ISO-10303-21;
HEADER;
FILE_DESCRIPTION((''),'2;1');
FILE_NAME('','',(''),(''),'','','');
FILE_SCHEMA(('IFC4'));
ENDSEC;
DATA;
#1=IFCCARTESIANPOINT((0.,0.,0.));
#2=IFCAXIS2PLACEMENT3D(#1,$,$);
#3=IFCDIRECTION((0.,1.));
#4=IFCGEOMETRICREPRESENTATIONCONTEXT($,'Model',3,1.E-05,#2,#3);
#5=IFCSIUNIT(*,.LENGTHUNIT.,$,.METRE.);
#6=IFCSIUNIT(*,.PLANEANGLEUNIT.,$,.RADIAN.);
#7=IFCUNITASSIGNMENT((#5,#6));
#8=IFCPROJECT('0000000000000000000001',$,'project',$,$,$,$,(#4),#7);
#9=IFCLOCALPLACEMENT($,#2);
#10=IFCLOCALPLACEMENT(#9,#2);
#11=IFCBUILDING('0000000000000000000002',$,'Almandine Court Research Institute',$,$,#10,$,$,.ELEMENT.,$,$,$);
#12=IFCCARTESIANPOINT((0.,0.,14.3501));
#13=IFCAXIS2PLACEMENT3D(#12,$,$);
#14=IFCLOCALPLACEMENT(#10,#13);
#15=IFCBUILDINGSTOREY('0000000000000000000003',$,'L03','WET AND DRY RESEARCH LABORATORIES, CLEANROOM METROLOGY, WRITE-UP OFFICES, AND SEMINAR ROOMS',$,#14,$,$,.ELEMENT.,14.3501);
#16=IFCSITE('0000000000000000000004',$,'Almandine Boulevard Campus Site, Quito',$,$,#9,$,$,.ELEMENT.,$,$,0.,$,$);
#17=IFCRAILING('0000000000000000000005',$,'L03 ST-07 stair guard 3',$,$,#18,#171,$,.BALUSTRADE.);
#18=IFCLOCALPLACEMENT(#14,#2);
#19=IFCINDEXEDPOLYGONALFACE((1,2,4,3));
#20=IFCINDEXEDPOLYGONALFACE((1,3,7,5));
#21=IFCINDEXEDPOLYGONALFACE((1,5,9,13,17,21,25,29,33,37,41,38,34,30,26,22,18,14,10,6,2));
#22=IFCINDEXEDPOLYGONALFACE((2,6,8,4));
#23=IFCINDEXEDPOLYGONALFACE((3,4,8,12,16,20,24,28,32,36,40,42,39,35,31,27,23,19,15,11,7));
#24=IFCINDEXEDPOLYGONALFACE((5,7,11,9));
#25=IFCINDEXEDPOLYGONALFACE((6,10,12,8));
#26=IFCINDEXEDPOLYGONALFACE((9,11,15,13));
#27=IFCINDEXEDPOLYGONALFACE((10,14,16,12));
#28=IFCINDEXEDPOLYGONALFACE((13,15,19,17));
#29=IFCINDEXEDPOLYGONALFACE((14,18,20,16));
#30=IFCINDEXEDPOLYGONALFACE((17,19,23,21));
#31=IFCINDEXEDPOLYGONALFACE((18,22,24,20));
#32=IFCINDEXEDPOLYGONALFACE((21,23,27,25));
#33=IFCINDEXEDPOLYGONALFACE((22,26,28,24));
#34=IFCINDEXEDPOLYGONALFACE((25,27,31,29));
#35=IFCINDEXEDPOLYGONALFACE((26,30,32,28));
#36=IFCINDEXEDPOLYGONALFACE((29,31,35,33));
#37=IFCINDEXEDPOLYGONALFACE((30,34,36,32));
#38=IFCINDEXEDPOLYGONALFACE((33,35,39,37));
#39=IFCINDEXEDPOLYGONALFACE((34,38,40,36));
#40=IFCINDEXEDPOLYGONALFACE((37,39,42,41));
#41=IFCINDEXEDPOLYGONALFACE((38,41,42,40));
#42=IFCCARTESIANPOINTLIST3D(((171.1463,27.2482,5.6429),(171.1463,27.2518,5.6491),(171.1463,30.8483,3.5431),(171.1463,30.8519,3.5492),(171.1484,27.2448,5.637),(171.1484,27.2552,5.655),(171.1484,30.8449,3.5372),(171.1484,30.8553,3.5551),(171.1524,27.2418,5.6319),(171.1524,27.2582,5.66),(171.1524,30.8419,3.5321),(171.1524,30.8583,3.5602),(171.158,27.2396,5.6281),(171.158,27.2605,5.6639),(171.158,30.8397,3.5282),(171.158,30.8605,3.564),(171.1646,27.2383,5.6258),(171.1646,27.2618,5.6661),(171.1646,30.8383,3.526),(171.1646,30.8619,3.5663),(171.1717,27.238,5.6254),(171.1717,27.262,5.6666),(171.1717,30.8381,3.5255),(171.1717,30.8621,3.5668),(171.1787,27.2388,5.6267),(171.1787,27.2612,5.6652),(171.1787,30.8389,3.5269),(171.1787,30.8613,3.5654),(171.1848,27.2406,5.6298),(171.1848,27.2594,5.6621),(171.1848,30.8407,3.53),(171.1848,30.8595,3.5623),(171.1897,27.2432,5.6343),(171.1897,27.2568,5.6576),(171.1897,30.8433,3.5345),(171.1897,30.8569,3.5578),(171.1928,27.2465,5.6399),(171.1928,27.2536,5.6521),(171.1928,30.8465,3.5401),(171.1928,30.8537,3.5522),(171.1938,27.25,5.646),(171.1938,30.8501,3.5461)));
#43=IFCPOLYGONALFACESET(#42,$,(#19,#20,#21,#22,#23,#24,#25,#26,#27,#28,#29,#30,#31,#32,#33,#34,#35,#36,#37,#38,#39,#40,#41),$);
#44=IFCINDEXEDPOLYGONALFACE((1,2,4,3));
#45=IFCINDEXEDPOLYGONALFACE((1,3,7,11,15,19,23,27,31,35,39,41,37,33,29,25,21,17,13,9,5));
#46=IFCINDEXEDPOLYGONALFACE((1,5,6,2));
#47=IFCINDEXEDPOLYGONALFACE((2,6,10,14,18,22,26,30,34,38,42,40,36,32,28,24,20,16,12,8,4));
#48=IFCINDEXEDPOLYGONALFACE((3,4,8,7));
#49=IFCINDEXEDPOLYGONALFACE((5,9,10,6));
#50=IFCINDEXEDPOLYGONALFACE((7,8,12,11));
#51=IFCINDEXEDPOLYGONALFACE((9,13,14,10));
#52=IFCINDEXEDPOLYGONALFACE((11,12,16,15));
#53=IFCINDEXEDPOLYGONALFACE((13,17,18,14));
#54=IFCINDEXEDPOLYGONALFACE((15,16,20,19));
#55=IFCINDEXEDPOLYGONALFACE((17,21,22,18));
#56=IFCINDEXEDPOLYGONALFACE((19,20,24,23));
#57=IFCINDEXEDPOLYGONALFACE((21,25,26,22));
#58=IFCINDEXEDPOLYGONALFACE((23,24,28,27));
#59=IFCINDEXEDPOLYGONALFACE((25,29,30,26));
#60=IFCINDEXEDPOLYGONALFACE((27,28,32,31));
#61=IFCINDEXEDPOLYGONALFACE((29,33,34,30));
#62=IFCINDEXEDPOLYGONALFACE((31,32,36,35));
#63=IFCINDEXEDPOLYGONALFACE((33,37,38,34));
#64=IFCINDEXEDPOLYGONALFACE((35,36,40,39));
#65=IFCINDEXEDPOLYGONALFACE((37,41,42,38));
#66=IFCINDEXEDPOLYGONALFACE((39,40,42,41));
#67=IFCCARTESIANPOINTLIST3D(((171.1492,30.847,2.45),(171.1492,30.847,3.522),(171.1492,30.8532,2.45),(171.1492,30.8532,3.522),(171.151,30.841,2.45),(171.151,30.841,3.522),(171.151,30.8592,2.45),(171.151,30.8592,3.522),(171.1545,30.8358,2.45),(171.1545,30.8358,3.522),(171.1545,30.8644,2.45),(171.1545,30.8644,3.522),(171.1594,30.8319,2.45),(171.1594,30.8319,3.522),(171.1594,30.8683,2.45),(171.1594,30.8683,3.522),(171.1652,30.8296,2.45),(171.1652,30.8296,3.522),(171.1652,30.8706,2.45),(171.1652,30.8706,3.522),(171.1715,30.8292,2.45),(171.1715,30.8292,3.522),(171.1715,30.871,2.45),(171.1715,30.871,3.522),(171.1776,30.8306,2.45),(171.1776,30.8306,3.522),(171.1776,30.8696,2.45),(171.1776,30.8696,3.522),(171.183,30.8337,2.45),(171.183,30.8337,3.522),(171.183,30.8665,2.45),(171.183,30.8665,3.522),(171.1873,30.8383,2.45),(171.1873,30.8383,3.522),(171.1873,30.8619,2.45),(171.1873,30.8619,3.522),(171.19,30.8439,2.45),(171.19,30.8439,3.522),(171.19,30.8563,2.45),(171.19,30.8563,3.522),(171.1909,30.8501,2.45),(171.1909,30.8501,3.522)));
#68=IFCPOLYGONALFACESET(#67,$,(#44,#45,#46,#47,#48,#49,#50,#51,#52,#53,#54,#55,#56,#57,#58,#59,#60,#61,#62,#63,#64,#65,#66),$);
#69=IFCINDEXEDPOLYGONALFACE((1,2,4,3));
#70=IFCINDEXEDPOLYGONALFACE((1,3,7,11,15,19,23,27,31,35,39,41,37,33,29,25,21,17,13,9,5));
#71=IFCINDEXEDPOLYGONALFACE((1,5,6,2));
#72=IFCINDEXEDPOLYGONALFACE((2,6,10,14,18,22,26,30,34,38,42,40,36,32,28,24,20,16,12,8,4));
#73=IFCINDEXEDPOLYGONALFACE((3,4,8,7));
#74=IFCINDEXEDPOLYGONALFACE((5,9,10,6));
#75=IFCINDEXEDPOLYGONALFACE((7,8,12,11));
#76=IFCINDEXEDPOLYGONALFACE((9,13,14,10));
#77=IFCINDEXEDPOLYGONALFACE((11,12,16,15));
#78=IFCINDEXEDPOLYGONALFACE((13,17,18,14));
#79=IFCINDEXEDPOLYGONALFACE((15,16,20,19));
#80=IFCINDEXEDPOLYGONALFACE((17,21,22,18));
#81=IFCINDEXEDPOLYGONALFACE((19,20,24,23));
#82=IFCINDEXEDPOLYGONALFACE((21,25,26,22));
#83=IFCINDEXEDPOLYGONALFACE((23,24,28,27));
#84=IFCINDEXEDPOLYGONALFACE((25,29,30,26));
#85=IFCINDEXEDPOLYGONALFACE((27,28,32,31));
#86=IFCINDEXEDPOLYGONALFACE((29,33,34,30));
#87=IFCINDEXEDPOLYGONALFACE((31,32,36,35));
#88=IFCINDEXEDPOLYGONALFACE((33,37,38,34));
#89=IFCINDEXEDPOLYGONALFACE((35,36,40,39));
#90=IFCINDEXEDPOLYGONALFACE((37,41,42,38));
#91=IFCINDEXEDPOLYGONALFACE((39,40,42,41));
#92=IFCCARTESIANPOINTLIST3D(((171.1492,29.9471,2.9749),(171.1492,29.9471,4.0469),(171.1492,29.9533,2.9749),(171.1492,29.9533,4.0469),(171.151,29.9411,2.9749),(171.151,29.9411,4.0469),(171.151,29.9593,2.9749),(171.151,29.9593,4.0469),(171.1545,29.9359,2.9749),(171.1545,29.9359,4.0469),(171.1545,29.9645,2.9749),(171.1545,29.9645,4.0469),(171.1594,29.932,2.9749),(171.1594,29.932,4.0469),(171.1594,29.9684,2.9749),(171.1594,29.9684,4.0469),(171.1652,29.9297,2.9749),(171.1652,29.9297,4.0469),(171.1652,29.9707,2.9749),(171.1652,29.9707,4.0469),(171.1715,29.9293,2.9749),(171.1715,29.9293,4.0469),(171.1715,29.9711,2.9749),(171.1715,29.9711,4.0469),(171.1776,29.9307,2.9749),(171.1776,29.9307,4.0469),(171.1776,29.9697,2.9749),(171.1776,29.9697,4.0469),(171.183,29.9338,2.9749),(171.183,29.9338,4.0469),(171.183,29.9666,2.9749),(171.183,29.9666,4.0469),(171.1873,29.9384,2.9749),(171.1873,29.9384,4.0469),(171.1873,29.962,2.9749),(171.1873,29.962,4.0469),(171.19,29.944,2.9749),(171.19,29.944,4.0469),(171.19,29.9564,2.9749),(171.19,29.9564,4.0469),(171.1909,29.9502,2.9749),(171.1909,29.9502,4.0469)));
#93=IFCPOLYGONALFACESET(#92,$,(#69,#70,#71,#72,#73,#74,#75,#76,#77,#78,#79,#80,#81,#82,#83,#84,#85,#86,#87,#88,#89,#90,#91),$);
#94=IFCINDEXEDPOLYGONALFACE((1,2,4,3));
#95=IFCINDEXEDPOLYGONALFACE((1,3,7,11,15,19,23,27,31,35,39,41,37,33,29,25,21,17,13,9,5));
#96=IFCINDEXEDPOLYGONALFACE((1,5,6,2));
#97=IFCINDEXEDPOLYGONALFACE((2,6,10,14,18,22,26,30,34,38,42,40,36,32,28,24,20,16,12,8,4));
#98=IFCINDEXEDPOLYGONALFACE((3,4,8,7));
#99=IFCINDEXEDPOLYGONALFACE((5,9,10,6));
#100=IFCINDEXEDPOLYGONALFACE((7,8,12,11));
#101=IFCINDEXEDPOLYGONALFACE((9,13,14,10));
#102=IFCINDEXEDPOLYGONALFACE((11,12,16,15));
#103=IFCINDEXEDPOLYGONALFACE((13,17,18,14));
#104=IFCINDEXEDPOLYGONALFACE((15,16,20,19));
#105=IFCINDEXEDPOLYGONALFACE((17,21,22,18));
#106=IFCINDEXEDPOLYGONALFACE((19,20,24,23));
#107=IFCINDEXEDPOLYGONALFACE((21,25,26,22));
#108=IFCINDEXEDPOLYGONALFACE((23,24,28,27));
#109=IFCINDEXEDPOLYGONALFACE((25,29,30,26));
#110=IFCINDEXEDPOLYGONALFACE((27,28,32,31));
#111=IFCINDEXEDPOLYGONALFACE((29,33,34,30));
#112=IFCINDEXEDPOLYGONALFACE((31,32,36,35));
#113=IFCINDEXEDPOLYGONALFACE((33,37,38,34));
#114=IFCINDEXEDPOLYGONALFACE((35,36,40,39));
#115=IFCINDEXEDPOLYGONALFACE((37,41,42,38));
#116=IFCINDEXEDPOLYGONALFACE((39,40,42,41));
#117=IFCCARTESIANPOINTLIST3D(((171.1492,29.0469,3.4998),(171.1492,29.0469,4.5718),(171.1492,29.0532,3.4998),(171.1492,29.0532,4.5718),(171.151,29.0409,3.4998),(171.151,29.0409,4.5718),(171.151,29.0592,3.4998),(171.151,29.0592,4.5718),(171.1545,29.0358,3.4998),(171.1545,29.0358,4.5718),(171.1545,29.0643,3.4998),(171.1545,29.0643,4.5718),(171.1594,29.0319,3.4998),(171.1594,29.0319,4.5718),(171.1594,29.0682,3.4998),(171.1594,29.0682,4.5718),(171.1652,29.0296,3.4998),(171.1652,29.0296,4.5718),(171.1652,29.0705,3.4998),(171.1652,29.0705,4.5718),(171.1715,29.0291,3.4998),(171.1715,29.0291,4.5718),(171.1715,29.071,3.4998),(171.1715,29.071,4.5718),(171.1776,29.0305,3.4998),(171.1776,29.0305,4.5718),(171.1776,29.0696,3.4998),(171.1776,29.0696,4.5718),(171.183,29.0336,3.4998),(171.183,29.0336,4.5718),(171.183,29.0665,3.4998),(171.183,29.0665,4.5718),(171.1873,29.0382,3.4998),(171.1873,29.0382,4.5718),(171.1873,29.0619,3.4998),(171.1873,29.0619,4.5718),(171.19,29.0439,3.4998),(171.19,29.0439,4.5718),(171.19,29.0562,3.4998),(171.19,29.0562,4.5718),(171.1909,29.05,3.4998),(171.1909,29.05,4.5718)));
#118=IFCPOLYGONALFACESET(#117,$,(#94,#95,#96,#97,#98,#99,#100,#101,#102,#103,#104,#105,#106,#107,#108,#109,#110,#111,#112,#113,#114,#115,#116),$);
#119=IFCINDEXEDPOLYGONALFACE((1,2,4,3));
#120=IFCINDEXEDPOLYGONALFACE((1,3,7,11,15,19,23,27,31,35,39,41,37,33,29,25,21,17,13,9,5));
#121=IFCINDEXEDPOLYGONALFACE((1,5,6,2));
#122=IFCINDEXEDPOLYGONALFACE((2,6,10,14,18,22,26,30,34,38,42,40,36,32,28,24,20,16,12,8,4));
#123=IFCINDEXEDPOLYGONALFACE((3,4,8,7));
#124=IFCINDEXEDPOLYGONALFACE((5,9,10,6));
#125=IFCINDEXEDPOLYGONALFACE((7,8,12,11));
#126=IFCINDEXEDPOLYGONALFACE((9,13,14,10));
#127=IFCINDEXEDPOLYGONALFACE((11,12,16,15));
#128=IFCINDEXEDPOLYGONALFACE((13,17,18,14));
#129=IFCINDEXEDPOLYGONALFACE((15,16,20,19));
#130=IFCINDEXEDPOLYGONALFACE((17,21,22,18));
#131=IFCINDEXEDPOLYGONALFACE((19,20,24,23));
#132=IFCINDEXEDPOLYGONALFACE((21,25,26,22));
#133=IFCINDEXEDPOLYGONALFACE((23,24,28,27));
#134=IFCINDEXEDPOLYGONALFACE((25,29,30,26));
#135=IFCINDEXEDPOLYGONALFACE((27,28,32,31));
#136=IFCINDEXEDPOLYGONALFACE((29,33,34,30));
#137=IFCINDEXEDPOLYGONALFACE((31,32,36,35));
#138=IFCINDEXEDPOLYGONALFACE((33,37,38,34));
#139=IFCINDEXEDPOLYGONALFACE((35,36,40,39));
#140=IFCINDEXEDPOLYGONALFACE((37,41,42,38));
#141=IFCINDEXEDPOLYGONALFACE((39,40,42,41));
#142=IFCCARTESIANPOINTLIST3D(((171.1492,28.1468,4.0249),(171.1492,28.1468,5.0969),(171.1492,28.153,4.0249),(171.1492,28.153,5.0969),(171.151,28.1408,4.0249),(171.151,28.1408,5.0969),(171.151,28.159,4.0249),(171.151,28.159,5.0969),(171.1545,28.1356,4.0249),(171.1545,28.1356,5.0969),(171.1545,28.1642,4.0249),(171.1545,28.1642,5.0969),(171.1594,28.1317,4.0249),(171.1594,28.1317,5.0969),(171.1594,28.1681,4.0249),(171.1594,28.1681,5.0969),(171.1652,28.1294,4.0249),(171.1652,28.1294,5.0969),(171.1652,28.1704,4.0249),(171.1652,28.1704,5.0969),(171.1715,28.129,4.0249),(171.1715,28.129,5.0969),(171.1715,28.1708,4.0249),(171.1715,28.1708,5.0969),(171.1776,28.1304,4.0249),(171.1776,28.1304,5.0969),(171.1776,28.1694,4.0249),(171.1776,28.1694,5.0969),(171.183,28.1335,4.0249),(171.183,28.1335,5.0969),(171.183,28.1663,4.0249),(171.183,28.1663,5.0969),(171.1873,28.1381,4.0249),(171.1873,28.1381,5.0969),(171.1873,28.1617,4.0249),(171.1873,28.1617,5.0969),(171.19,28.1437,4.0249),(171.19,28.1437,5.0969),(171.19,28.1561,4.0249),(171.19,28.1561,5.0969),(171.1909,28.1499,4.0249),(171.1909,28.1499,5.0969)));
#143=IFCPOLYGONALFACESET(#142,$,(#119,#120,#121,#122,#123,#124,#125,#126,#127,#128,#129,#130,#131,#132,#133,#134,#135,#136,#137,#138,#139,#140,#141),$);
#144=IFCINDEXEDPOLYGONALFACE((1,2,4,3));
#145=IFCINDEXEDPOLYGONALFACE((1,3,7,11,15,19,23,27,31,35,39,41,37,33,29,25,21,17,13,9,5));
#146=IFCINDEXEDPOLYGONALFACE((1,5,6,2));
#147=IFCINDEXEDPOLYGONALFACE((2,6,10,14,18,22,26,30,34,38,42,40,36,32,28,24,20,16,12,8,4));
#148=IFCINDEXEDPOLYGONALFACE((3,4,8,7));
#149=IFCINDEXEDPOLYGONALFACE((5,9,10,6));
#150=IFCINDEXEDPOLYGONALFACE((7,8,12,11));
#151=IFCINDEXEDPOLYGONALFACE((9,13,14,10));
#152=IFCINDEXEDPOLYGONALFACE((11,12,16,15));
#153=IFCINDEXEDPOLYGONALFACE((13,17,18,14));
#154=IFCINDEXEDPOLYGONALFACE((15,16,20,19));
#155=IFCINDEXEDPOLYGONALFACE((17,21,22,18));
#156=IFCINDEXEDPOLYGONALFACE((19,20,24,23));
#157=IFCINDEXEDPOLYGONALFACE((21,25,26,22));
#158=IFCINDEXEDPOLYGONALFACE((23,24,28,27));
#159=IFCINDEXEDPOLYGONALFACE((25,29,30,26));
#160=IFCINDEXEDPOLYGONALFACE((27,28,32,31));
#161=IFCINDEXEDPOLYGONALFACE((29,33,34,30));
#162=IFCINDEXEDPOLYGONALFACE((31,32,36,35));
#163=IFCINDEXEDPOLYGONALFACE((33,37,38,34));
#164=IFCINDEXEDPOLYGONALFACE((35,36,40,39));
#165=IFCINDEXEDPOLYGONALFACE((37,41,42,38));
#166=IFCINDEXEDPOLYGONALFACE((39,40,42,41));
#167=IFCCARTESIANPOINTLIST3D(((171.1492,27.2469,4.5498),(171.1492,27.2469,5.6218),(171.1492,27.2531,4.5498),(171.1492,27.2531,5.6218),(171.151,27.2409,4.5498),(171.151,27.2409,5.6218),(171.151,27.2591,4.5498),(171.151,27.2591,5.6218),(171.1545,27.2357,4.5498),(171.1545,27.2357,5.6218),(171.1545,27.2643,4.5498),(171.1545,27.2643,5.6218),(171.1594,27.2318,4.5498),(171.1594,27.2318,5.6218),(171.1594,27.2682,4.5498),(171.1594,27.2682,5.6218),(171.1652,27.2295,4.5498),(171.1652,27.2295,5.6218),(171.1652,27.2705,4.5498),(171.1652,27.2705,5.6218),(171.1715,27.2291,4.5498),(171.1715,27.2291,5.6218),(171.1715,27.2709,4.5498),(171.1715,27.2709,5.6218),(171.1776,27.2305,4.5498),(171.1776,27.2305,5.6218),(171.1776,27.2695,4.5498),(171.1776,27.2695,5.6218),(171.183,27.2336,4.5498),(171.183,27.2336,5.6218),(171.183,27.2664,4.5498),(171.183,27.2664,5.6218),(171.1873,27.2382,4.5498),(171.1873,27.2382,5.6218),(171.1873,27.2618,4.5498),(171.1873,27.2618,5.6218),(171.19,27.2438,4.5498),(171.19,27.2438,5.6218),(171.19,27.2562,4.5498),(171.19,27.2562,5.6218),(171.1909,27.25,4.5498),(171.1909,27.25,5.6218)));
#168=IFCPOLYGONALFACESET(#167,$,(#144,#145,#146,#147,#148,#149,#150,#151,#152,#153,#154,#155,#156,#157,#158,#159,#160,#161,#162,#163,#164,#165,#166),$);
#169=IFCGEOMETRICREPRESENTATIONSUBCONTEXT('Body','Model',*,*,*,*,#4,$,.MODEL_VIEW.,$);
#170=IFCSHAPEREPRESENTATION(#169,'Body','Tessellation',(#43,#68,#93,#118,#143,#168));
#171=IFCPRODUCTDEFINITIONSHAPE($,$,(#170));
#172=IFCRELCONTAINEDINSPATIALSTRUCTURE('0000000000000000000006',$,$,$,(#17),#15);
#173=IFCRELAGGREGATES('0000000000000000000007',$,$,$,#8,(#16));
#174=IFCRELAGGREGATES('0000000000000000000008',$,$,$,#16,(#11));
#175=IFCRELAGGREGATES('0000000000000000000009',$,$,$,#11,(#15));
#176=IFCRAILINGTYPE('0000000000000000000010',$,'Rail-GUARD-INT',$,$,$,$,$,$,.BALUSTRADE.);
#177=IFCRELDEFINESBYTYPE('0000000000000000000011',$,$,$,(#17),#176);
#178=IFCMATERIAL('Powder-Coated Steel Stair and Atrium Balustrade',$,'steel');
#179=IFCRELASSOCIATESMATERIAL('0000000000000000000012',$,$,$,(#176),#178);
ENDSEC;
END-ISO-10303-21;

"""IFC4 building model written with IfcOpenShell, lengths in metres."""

from ifc_helpers import new_model, si_unit, direction, frame, origin, origin_2d, place, context, subcontext, project, spatial, circle, extrude, material, type_object, element, save


model = new_model("IFC4")

# Units and contexts
model_context = context("Model", 3, precision=1e-05, world=origin(), true_north=direction((0.0, 1.0)))
body_context = subcontext(model_context, "Body", "Model", "MODEL_VIEW")
ifc_project = project(units=[si_unit("LENGTHUNIT", "METRE"), si_unit("PLANEANGLEUNIT", "RADIAN")], contexts=[model_context])

# Site, building, storey
site_placement = place(None, origin())
site = spatial("IfcSite", under=ifc_project, at=site_placement, Name="Almandine Boulevard Campus Site, Quito", CompositionType="ELEMENT", RefElevation=0.0)
building_placement = place(site_placement, origin())
building = spatial("IfcBuilding", under=site, at=building_placement, Name="Almandine Court Research Institute", CompositionType="ELEMENT")
storey_placement = place(building_placement, frame((0.0, 0.0, 14.3501)))
storey = spatial("IfcBuildingStorey", under=building, at=storey_placement, Name="L03", Description="WET AND DRY RESEARCH LABORATORIES, CLEANROOM METROLOGY, WRITE-UP OFFICES, AND SEMINAR ROOMS", CompositionType="ELEMENT", Elevation=14.3501)

# Railing
ifc_material_1 = material(Name="Powder-Coated Steel Stair and Atrium Balustrade", Category="steel")
railing_type_1 = type_object("IfcRailingType", Name="Rail-GUARD-INT", PredefinedType="BALUSTRADE", material=ifc_material_1)
railing_1_placement = place(storey_placement, frame((171.1699, 30.8501, 2.45)))
element("IfcRailing", 1, at=railing_1_placement, inside=storey, type_object=railing_type_1, Name="L03 ST-07 stair guard 3", PredefinedType="BALUSTRADE", context=body_context, shape_type="SweptSolid", body=[
    extrude(circle(Radius=0.0239, at=origin_2d()), frame((0.0, 0.0, 1.0962), z_axis=(0.0, -0.8638, 0.503835), x_axis=(1.0, 0.0, 0.0)), (0.0, 0.0, 1.0), 4.1677),
    extrude(circle(Radius=0.021, at=origin_2d()), origin(), (0.0, 0.0, 1.0), 1.072),
    extrude(circle(Radius=0.021, at=origin_2d()), frame((0.0, -0.8999, 0.5249)), (0.0, 0.0, 1.0), 1.072),
    extrude(circle(Radius=0.021, at=origin_2d()), frame((0.0, -1.8, 1.0498)), (0.0, 0.0, 1.0), 1.072),
    extrude(circle(Radius=0.021, at=origin_2d()), frame((0.0, -2.7002, 1.575)), (0.0, 0.0, 1.0), 1.072),
    extrude(circle(Radius=0.021, at=origin_2d()), frame((0.0, -3.6001, 2.0999)), (0.0, 0.0, 1.0), 1.072),
])

save(model, "model.ifc")
